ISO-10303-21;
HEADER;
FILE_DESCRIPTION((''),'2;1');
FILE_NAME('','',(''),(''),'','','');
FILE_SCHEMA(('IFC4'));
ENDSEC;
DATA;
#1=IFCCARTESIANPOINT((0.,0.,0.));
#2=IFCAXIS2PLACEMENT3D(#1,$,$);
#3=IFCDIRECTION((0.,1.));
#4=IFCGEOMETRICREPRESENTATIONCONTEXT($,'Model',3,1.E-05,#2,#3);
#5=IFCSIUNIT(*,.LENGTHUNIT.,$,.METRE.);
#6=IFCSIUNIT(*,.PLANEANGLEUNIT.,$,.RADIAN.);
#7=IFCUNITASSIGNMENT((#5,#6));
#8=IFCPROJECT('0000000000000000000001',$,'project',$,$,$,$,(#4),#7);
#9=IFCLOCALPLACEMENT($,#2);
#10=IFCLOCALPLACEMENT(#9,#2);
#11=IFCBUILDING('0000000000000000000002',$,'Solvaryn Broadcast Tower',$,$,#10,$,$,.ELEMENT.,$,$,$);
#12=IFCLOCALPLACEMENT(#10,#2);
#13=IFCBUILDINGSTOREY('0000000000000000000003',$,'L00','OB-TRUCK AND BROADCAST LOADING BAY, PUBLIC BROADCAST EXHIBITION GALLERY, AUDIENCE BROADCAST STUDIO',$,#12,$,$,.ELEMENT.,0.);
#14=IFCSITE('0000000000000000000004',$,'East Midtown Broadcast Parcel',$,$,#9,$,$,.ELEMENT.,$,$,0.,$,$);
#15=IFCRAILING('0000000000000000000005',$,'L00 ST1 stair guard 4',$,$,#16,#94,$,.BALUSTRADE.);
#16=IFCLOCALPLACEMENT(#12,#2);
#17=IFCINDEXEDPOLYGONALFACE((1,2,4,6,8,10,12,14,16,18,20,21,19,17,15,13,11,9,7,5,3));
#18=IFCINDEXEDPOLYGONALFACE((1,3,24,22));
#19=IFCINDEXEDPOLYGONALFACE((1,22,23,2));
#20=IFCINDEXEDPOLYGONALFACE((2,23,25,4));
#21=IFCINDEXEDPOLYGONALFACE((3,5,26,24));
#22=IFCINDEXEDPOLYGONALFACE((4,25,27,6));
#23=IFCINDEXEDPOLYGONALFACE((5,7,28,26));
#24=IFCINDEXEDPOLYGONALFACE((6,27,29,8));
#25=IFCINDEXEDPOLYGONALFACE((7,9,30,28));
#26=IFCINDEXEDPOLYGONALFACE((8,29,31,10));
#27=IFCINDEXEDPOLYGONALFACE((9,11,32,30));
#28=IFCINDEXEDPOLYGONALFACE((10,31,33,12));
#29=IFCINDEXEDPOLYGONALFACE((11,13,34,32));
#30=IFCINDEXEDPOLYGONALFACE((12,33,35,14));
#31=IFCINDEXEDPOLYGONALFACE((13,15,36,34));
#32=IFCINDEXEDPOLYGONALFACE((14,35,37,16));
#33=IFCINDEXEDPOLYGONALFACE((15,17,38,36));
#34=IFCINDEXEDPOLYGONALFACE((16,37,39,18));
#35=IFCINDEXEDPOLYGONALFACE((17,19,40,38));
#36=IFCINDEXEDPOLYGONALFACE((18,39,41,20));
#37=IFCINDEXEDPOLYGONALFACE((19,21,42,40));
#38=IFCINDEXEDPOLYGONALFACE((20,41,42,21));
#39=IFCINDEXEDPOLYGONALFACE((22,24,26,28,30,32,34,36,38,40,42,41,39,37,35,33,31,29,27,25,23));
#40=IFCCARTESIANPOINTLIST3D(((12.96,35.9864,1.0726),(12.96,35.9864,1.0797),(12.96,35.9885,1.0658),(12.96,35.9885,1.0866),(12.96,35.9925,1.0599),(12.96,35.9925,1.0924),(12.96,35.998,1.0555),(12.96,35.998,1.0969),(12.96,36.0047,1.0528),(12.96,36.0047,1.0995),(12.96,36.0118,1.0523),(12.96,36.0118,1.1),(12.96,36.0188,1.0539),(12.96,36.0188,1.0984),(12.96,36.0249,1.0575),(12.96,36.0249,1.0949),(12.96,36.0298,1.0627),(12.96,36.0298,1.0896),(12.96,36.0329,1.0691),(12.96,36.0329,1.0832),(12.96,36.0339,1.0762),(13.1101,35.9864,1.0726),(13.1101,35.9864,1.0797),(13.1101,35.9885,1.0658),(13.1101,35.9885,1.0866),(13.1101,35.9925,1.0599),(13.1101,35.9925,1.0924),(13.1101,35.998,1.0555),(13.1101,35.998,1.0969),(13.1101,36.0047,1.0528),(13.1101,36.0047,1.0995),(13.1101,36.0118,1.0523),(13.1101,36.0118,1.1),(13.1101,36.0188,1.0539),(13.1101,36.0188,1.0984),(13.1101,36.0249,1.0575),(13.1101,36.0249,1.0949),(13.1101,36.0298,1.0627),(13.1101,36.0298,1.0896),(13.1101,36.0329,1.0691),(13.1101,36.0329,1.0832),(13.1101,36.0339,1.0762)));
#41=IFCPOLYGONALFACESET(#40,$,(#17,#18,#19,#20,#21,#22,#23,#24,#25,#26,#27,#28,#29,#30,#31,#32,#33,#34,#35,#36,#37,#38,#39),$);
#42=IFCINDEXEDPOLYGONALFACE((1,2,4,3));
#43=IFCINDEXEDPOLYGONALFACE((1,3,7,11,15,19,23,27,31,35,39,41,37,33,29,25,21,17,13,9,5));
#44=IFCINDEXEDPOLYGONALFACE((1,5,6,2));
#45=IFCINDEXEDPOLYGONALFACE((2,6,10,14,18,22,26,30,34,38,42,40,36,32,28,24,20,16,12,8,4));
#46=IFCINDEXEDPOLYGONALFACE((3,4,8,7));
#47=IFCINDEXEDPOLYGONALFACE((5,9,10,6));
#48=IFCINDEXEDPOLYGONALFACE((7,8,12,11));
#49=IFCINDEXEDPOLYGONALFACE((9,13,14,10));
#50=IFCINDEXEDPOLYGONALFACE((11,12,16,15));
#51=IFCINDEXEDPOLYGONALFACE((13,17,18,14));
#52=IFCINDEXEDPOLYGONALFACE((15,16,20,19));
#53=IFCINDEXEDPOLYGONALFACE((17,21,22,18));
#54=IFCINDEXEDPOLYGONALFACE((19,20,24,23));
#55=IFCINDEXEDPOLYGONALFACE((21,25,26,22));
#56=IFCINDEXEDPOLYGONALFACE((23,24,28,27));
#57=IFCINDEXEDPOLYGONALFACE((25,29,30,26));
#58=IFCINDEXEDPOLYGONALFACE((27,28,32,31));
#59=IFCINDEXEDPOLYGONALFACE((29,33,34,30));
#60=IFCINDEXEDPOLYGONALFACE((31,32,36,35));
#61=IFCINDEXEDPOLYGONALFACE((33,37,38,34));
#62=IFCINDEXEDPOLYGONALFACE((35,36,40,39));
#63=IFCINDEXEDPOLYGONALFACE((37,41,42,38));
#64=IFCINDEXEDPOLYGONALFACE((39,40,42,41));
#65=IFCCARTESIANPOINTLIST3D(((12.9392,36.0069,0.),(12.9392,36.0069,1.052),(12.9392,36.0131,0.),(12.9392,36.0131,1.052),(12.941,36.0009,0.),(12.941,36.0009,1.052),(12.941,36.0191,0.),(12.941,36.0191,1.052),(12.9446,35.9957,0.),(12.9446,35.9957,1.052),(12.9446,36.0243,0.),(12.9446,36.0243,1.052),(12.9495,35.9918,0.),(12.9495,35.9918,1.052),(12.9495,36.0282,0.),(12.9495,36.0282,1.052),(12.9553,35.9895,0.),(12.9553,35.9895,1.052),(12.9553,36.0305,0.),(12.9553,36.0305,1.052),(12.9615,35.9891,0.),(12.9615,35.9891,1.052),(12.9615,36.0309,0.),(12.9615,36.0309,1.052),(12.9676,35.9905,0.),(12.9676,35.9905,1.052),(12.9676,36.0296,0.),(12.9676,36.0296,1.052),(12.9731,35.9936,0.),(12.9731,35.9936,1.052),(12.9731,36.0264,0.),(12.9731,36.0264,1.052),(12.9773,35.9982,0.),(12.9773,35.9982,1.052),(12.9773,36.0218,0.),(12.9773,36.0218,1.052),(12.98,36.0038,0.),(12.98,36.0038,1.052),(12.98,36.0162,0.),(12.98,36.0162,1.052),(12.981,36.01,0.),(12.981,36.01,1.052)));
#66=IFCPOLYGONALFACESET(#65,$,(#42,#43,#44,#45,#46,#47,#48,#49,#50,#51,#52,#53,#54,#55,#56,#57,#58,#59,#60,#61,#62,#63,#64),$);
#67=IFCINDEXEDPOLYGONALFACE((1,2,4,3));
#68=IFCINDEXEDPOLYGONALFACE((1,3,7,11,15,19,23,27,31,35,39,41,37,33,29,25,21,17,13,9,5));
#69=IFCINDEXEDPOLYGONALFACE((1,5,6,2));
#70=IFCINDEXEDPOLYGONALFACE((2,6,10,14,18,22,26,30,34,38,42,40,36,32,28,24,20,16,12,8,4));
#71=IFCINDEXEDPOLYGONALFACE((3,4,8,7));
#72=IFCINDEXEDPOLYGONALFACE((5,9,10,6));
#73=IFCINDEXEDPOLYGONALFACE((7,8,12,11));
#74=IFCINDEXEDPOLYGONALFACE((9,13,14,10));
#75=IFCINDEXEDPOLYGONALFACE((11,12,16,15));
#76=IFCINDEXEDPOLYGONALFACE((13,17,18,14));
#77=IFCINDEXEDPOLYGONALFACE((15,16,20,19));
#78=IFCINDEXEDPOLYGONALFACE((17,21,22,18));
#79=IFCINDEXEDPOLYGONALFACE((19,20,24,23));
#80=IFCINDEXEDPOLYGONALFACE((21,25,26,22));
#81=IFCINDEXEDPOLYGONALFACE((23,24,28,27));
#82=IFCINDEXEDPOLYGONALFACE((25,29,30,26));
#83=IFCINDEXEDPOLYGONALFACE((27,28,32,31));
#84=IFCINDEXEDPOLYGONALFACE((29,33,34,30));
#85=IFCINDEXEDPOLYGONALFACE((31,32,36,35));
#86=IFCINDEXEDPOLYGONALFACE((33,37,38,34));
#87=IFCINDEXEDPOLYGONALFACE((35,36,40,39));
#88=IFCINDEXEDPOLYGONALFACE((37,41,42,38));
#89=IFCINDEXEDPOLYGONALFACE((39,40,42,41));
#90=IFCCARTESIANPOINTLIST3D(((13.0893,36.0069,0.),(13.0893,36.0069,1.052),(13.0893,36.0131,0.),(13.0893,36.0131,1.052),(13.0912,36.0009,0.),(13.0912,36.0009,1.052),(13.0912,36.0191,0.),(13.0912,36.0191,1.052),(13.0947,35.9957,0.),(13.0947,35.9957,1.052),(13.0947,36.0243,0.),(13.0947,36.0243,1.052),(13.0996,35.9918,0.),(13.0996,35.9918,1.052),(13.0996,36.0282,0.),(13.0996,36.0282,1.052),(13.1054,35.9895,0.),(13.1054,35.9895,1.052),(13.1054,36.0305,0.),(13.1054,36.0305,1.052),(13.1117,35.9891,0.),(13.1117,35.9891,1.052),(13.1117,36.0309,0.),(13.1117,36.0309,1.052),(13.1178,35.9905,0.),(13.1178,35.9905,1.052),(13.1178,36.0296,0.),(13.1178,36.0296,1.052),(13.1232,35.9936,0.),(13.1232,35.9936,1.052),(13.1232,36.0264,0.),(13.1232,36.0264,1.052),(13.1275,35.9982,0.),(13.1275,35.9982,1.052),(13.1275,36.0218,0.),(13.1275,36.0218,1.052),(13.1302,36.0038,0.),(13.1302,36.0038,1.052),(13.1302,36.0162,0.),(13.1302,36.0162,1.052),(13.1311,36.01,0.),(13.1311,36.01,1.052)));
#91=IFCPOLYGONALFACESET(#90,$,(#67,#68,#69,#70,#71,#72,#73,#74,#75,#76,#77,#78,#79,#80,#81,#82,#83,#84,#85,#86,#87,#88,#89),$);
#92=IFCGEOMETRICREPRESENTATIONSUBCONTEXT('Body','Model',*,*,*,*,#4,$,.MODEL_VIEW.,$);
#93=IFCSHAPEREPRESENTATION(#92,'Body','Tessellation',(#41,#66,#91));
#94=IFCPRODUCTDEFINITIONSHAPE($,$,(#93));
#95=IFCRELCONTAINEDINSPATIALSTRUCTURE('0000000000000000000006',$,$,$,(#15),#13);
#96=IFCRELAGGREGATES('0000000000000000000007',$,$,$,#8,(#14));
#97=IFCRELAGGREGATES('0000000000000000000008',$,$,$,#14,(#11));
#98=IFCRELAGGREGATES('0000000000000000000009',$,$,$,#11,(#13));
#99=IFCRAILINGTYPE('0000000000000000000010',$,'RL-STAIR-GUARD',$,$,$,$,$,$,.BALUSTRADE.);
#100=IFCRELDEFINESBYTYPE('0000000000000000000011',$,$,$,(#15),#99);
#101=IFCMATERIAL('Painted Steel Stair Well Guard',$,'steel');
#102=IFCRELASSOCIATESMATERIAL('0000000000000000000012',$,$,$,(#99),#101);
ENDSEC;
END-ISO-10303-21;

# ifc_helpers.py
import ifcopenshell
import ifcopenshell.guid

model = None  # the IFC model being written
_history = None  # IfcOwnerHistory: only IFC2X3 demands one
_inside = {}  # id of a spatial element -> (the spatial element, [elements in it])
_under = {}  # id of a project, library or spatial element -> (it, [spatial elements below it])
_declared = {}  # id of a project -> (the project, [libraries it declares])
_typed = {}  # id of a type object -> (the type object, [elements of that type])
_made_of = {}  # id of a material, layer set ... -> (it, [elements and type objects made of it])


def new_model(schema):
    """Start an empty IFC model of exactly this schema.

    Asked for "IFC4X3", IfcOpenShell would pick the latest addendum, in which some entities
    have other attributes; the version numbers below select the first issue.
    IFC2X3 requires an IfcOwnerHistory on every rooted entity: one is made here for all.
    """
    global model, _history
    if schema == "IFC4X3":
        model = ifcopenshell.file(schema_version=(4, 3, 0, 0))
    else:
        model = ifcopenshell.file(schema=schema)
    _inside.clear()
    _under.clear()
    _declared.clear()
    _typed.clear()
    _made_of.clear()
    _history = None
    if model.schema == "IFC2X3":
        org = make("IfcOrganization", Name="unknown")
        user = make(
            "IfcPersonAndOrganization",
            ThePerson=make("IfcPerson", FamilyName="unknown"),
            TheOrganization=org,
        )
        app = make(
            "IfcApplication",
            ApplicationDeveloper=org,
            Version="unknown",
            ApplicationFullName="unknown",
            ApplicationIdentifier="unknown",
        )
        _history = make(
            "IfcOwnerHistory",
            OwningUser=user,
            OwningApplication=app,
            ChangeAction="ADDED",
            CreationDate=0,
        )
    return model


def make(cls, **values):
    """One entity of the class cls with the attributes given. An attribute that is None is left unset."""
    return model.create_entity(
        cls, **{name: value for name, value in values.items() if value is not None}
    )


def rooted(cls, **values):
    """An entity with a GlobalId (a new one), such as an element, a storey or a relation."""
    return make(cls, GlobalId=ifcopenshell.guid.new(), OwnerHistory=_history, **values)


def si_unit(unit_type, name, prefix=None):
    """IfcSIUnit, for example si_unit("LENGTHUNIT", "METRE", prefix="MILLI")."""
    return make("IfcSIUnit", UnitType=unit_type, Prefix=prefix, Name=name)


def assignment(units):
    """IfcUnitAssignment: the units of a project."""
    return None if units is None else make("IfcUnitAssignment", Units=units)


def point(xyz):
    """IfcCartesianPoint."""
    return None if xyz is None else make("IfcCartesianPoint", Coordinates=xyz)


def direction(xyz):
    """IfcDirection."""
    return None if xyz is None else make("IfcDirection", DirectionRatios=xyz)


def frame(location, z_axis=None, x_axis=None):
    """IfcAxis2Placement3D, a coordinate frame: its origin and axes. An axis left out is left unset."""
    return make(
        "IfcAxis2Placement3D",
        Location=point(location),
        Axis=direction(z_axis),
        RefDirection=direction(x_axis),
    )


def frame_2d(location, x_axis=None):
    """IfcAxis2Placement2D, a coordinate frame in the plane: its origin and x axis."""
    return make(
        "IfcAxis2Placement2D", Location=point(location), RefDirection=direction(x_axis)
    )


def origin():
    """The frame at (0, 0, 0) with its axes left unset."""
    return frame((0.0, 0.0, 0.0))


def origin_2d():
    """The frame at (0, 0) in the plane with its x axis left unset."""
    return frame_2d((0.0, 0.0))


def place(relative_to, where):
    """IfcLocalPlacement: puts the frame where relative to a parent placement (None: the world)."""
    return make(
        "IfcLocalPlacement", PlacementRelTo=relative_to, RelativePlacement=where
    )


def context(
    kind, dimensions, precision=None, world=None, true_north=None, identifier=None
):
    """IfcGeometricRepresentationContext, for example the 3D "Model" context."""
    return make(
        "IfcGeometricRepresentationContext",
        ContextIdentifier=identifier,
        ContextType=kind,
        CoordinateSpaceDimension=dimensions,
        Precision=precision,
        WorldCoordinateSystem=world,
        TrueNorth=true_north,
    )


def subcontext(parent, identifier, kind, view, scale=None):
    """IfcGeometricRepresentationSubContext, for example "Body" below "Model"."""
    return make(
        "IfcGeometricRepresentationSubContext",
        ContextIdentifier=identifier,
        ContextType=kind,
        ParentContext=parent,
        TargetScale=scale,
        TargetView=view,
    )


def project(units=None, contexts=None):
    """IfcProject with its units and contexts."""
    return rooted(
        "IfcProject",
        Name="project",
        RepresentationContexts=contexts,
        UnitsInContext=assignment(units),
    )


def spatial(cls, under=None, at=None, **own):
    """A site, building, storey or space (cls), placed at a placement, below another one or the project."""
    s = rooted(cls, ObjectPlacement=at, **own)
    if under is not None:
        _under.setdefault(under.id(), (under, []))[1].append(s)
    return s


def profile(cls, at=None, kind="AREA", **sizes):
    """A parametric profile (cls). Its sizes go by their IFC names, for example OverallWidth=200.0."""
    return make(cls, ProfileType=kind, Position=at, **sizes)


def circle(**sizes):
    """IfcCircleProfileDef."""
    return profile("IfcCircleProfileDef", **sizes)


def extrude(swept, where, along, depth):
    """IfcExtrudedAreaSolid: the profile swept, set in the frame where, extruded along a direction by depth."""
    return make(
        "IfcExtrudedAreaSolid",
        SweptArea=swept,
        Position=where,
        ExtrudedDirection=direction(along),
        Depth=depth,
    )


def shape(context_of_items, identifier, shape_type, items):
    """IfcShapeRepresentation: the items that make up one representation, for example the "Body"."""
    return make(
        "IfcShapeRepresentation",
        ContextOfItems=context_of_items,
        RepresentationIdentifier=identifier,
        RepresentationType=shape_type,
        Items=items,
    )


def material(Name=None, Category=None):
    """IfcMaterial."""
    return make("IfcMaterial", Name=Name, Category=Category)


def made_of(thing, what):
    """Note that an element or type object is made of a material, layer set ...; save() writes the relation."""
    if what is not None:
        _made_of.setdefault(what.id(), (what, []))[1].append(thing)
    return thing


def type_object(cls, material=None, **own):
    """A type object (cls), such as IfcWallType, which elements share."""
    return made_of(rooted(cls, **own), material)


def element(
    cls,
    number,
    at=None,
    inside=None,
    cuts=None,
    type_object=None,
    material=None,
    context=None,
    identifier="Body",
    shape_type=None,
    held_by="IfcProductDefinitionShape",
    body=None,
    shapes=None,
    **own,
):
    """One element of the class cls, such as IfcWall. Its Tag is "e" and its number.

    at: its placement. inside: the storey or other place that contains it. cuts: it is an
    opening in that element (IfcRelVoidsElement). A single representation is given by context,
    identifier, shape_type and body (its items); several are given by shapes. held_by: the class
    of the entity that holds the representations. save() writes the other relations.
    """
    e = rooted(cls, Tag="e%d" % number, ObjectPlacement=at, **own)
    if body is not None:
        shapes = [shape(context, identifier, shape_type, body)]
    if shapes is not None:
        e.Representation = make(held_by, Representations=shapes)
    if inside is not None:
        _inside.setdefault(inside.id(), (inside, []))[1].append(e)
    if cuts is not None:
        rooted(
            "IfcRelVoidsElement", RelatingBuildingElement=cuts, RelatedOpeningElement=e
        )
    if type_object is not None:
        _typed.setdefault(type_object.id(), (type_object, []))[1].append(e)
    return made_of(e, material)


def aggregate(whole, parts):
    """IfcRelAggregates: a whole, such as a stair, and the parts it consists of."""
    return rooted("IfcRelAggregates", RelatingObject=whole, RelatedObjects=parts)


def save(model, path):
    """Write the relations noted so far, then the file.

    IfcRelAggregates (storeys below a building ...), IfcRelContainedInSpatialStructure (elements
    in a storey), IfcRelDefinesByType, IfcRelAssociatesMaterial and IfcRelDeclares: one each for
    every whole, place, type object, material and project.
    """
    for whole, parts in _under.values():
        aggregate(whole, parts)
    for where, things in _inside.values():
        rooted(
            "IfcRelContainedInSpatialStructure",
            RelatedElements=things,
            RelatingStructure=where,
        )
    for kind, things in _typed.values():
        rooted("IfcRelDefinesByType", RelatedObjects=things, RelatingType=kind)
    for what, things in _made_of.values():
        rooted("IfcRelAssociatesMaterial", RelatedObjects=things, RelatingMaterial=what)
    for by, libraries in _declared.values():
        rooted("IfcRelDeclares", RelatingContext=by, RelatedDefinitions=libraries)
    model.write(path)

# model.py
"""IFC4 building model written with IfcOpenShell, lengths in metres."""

from ifc_helpers import new_model, si_unit, direction, frame, origin, origin_2d, place, context, subcontext, project, spatial, circle, extrude, material, type_object, element, save


model = new_model("IFC4")

# Units and contexts
model_context = context("Model", 3, precision=1e-05, world=origin(), true_north=direction((0.0, 1.0)))
body_context = subcontext(model_context, "Body", "Model", "MODEL_VIEW")
ifc_project = project(units=[si_unit("LENGTHUNIT", "METRE"), si_unit("PLANEANGLEUNIT", "RADIAN")], contexts=[model_context])

# Site, building, storey
site_placement = place(None, origin())
site = spatial("IfcSite", under=ifc_project, at=site_placement, Name="East Midtown Broadcast Parcel", CompositionType="ELEMENT", RefElevation=0.0)
building_placement = place(site_placement, origin())
building = spatial("IfcBuilding", under=site, at=building_placement, Name="Solvaryn Broadcast Tower", CompositionType="ELEMENT")
storey_placement = place(building_placement, origin())
storey = spatial("IfcBuildingStorey", under=building, at=storey_placement, Name="L00", Description="OB-TRUCK AND BROADCAST LOADING BAY, PUBLIC BROADCAST EXHIBITION GALLERY, AUDIENCE BROADCAST STUDIO", CompositionType="ELEMENT", Elevation=0.0)

# Railing
ifc_material_1 = material(Name="Painted Steel Stair Well Guard", Category="steel")
railing_type_1 = type_object("IfcRailingType", Name="RL-STAIR-GUARD", PredefinedType="BALUSTRADE", material=ifc_material_1)
railing_1_placement = place(storey_placement, frame((12.96, 36.01, 0.0)))
element("IfcRailing", 1, at=railing_1_placement, inside=storey, type_object=railing_type_1, Name="L00 ST1 stair guard 4", PredefinedType="BALUSTRADE", context=body_context, shape_type="SweptSolid", body=[
    extrude(circle(Radius=0.0239, at=origin_2d()), frame((0.0, 0.0, 1.0762), z_axis=(1.0, 0.0, 0.0), x_axis=(0.0, 1.0, 0.0)), (0.0, 0.0, 1.0), 0.1501),
    extrude(circle(Radius=0.021, at=origin_2d()), origin(), (0.0, 0.0, 1.0), 1.052),
    extrude(circle(Radius=0.021, at=origin_2d()), frame((0.1501, 0.0, 0.0)), (0.0, 0.0, 1.0), 1.052),
])

save(model, "model.ifc")
